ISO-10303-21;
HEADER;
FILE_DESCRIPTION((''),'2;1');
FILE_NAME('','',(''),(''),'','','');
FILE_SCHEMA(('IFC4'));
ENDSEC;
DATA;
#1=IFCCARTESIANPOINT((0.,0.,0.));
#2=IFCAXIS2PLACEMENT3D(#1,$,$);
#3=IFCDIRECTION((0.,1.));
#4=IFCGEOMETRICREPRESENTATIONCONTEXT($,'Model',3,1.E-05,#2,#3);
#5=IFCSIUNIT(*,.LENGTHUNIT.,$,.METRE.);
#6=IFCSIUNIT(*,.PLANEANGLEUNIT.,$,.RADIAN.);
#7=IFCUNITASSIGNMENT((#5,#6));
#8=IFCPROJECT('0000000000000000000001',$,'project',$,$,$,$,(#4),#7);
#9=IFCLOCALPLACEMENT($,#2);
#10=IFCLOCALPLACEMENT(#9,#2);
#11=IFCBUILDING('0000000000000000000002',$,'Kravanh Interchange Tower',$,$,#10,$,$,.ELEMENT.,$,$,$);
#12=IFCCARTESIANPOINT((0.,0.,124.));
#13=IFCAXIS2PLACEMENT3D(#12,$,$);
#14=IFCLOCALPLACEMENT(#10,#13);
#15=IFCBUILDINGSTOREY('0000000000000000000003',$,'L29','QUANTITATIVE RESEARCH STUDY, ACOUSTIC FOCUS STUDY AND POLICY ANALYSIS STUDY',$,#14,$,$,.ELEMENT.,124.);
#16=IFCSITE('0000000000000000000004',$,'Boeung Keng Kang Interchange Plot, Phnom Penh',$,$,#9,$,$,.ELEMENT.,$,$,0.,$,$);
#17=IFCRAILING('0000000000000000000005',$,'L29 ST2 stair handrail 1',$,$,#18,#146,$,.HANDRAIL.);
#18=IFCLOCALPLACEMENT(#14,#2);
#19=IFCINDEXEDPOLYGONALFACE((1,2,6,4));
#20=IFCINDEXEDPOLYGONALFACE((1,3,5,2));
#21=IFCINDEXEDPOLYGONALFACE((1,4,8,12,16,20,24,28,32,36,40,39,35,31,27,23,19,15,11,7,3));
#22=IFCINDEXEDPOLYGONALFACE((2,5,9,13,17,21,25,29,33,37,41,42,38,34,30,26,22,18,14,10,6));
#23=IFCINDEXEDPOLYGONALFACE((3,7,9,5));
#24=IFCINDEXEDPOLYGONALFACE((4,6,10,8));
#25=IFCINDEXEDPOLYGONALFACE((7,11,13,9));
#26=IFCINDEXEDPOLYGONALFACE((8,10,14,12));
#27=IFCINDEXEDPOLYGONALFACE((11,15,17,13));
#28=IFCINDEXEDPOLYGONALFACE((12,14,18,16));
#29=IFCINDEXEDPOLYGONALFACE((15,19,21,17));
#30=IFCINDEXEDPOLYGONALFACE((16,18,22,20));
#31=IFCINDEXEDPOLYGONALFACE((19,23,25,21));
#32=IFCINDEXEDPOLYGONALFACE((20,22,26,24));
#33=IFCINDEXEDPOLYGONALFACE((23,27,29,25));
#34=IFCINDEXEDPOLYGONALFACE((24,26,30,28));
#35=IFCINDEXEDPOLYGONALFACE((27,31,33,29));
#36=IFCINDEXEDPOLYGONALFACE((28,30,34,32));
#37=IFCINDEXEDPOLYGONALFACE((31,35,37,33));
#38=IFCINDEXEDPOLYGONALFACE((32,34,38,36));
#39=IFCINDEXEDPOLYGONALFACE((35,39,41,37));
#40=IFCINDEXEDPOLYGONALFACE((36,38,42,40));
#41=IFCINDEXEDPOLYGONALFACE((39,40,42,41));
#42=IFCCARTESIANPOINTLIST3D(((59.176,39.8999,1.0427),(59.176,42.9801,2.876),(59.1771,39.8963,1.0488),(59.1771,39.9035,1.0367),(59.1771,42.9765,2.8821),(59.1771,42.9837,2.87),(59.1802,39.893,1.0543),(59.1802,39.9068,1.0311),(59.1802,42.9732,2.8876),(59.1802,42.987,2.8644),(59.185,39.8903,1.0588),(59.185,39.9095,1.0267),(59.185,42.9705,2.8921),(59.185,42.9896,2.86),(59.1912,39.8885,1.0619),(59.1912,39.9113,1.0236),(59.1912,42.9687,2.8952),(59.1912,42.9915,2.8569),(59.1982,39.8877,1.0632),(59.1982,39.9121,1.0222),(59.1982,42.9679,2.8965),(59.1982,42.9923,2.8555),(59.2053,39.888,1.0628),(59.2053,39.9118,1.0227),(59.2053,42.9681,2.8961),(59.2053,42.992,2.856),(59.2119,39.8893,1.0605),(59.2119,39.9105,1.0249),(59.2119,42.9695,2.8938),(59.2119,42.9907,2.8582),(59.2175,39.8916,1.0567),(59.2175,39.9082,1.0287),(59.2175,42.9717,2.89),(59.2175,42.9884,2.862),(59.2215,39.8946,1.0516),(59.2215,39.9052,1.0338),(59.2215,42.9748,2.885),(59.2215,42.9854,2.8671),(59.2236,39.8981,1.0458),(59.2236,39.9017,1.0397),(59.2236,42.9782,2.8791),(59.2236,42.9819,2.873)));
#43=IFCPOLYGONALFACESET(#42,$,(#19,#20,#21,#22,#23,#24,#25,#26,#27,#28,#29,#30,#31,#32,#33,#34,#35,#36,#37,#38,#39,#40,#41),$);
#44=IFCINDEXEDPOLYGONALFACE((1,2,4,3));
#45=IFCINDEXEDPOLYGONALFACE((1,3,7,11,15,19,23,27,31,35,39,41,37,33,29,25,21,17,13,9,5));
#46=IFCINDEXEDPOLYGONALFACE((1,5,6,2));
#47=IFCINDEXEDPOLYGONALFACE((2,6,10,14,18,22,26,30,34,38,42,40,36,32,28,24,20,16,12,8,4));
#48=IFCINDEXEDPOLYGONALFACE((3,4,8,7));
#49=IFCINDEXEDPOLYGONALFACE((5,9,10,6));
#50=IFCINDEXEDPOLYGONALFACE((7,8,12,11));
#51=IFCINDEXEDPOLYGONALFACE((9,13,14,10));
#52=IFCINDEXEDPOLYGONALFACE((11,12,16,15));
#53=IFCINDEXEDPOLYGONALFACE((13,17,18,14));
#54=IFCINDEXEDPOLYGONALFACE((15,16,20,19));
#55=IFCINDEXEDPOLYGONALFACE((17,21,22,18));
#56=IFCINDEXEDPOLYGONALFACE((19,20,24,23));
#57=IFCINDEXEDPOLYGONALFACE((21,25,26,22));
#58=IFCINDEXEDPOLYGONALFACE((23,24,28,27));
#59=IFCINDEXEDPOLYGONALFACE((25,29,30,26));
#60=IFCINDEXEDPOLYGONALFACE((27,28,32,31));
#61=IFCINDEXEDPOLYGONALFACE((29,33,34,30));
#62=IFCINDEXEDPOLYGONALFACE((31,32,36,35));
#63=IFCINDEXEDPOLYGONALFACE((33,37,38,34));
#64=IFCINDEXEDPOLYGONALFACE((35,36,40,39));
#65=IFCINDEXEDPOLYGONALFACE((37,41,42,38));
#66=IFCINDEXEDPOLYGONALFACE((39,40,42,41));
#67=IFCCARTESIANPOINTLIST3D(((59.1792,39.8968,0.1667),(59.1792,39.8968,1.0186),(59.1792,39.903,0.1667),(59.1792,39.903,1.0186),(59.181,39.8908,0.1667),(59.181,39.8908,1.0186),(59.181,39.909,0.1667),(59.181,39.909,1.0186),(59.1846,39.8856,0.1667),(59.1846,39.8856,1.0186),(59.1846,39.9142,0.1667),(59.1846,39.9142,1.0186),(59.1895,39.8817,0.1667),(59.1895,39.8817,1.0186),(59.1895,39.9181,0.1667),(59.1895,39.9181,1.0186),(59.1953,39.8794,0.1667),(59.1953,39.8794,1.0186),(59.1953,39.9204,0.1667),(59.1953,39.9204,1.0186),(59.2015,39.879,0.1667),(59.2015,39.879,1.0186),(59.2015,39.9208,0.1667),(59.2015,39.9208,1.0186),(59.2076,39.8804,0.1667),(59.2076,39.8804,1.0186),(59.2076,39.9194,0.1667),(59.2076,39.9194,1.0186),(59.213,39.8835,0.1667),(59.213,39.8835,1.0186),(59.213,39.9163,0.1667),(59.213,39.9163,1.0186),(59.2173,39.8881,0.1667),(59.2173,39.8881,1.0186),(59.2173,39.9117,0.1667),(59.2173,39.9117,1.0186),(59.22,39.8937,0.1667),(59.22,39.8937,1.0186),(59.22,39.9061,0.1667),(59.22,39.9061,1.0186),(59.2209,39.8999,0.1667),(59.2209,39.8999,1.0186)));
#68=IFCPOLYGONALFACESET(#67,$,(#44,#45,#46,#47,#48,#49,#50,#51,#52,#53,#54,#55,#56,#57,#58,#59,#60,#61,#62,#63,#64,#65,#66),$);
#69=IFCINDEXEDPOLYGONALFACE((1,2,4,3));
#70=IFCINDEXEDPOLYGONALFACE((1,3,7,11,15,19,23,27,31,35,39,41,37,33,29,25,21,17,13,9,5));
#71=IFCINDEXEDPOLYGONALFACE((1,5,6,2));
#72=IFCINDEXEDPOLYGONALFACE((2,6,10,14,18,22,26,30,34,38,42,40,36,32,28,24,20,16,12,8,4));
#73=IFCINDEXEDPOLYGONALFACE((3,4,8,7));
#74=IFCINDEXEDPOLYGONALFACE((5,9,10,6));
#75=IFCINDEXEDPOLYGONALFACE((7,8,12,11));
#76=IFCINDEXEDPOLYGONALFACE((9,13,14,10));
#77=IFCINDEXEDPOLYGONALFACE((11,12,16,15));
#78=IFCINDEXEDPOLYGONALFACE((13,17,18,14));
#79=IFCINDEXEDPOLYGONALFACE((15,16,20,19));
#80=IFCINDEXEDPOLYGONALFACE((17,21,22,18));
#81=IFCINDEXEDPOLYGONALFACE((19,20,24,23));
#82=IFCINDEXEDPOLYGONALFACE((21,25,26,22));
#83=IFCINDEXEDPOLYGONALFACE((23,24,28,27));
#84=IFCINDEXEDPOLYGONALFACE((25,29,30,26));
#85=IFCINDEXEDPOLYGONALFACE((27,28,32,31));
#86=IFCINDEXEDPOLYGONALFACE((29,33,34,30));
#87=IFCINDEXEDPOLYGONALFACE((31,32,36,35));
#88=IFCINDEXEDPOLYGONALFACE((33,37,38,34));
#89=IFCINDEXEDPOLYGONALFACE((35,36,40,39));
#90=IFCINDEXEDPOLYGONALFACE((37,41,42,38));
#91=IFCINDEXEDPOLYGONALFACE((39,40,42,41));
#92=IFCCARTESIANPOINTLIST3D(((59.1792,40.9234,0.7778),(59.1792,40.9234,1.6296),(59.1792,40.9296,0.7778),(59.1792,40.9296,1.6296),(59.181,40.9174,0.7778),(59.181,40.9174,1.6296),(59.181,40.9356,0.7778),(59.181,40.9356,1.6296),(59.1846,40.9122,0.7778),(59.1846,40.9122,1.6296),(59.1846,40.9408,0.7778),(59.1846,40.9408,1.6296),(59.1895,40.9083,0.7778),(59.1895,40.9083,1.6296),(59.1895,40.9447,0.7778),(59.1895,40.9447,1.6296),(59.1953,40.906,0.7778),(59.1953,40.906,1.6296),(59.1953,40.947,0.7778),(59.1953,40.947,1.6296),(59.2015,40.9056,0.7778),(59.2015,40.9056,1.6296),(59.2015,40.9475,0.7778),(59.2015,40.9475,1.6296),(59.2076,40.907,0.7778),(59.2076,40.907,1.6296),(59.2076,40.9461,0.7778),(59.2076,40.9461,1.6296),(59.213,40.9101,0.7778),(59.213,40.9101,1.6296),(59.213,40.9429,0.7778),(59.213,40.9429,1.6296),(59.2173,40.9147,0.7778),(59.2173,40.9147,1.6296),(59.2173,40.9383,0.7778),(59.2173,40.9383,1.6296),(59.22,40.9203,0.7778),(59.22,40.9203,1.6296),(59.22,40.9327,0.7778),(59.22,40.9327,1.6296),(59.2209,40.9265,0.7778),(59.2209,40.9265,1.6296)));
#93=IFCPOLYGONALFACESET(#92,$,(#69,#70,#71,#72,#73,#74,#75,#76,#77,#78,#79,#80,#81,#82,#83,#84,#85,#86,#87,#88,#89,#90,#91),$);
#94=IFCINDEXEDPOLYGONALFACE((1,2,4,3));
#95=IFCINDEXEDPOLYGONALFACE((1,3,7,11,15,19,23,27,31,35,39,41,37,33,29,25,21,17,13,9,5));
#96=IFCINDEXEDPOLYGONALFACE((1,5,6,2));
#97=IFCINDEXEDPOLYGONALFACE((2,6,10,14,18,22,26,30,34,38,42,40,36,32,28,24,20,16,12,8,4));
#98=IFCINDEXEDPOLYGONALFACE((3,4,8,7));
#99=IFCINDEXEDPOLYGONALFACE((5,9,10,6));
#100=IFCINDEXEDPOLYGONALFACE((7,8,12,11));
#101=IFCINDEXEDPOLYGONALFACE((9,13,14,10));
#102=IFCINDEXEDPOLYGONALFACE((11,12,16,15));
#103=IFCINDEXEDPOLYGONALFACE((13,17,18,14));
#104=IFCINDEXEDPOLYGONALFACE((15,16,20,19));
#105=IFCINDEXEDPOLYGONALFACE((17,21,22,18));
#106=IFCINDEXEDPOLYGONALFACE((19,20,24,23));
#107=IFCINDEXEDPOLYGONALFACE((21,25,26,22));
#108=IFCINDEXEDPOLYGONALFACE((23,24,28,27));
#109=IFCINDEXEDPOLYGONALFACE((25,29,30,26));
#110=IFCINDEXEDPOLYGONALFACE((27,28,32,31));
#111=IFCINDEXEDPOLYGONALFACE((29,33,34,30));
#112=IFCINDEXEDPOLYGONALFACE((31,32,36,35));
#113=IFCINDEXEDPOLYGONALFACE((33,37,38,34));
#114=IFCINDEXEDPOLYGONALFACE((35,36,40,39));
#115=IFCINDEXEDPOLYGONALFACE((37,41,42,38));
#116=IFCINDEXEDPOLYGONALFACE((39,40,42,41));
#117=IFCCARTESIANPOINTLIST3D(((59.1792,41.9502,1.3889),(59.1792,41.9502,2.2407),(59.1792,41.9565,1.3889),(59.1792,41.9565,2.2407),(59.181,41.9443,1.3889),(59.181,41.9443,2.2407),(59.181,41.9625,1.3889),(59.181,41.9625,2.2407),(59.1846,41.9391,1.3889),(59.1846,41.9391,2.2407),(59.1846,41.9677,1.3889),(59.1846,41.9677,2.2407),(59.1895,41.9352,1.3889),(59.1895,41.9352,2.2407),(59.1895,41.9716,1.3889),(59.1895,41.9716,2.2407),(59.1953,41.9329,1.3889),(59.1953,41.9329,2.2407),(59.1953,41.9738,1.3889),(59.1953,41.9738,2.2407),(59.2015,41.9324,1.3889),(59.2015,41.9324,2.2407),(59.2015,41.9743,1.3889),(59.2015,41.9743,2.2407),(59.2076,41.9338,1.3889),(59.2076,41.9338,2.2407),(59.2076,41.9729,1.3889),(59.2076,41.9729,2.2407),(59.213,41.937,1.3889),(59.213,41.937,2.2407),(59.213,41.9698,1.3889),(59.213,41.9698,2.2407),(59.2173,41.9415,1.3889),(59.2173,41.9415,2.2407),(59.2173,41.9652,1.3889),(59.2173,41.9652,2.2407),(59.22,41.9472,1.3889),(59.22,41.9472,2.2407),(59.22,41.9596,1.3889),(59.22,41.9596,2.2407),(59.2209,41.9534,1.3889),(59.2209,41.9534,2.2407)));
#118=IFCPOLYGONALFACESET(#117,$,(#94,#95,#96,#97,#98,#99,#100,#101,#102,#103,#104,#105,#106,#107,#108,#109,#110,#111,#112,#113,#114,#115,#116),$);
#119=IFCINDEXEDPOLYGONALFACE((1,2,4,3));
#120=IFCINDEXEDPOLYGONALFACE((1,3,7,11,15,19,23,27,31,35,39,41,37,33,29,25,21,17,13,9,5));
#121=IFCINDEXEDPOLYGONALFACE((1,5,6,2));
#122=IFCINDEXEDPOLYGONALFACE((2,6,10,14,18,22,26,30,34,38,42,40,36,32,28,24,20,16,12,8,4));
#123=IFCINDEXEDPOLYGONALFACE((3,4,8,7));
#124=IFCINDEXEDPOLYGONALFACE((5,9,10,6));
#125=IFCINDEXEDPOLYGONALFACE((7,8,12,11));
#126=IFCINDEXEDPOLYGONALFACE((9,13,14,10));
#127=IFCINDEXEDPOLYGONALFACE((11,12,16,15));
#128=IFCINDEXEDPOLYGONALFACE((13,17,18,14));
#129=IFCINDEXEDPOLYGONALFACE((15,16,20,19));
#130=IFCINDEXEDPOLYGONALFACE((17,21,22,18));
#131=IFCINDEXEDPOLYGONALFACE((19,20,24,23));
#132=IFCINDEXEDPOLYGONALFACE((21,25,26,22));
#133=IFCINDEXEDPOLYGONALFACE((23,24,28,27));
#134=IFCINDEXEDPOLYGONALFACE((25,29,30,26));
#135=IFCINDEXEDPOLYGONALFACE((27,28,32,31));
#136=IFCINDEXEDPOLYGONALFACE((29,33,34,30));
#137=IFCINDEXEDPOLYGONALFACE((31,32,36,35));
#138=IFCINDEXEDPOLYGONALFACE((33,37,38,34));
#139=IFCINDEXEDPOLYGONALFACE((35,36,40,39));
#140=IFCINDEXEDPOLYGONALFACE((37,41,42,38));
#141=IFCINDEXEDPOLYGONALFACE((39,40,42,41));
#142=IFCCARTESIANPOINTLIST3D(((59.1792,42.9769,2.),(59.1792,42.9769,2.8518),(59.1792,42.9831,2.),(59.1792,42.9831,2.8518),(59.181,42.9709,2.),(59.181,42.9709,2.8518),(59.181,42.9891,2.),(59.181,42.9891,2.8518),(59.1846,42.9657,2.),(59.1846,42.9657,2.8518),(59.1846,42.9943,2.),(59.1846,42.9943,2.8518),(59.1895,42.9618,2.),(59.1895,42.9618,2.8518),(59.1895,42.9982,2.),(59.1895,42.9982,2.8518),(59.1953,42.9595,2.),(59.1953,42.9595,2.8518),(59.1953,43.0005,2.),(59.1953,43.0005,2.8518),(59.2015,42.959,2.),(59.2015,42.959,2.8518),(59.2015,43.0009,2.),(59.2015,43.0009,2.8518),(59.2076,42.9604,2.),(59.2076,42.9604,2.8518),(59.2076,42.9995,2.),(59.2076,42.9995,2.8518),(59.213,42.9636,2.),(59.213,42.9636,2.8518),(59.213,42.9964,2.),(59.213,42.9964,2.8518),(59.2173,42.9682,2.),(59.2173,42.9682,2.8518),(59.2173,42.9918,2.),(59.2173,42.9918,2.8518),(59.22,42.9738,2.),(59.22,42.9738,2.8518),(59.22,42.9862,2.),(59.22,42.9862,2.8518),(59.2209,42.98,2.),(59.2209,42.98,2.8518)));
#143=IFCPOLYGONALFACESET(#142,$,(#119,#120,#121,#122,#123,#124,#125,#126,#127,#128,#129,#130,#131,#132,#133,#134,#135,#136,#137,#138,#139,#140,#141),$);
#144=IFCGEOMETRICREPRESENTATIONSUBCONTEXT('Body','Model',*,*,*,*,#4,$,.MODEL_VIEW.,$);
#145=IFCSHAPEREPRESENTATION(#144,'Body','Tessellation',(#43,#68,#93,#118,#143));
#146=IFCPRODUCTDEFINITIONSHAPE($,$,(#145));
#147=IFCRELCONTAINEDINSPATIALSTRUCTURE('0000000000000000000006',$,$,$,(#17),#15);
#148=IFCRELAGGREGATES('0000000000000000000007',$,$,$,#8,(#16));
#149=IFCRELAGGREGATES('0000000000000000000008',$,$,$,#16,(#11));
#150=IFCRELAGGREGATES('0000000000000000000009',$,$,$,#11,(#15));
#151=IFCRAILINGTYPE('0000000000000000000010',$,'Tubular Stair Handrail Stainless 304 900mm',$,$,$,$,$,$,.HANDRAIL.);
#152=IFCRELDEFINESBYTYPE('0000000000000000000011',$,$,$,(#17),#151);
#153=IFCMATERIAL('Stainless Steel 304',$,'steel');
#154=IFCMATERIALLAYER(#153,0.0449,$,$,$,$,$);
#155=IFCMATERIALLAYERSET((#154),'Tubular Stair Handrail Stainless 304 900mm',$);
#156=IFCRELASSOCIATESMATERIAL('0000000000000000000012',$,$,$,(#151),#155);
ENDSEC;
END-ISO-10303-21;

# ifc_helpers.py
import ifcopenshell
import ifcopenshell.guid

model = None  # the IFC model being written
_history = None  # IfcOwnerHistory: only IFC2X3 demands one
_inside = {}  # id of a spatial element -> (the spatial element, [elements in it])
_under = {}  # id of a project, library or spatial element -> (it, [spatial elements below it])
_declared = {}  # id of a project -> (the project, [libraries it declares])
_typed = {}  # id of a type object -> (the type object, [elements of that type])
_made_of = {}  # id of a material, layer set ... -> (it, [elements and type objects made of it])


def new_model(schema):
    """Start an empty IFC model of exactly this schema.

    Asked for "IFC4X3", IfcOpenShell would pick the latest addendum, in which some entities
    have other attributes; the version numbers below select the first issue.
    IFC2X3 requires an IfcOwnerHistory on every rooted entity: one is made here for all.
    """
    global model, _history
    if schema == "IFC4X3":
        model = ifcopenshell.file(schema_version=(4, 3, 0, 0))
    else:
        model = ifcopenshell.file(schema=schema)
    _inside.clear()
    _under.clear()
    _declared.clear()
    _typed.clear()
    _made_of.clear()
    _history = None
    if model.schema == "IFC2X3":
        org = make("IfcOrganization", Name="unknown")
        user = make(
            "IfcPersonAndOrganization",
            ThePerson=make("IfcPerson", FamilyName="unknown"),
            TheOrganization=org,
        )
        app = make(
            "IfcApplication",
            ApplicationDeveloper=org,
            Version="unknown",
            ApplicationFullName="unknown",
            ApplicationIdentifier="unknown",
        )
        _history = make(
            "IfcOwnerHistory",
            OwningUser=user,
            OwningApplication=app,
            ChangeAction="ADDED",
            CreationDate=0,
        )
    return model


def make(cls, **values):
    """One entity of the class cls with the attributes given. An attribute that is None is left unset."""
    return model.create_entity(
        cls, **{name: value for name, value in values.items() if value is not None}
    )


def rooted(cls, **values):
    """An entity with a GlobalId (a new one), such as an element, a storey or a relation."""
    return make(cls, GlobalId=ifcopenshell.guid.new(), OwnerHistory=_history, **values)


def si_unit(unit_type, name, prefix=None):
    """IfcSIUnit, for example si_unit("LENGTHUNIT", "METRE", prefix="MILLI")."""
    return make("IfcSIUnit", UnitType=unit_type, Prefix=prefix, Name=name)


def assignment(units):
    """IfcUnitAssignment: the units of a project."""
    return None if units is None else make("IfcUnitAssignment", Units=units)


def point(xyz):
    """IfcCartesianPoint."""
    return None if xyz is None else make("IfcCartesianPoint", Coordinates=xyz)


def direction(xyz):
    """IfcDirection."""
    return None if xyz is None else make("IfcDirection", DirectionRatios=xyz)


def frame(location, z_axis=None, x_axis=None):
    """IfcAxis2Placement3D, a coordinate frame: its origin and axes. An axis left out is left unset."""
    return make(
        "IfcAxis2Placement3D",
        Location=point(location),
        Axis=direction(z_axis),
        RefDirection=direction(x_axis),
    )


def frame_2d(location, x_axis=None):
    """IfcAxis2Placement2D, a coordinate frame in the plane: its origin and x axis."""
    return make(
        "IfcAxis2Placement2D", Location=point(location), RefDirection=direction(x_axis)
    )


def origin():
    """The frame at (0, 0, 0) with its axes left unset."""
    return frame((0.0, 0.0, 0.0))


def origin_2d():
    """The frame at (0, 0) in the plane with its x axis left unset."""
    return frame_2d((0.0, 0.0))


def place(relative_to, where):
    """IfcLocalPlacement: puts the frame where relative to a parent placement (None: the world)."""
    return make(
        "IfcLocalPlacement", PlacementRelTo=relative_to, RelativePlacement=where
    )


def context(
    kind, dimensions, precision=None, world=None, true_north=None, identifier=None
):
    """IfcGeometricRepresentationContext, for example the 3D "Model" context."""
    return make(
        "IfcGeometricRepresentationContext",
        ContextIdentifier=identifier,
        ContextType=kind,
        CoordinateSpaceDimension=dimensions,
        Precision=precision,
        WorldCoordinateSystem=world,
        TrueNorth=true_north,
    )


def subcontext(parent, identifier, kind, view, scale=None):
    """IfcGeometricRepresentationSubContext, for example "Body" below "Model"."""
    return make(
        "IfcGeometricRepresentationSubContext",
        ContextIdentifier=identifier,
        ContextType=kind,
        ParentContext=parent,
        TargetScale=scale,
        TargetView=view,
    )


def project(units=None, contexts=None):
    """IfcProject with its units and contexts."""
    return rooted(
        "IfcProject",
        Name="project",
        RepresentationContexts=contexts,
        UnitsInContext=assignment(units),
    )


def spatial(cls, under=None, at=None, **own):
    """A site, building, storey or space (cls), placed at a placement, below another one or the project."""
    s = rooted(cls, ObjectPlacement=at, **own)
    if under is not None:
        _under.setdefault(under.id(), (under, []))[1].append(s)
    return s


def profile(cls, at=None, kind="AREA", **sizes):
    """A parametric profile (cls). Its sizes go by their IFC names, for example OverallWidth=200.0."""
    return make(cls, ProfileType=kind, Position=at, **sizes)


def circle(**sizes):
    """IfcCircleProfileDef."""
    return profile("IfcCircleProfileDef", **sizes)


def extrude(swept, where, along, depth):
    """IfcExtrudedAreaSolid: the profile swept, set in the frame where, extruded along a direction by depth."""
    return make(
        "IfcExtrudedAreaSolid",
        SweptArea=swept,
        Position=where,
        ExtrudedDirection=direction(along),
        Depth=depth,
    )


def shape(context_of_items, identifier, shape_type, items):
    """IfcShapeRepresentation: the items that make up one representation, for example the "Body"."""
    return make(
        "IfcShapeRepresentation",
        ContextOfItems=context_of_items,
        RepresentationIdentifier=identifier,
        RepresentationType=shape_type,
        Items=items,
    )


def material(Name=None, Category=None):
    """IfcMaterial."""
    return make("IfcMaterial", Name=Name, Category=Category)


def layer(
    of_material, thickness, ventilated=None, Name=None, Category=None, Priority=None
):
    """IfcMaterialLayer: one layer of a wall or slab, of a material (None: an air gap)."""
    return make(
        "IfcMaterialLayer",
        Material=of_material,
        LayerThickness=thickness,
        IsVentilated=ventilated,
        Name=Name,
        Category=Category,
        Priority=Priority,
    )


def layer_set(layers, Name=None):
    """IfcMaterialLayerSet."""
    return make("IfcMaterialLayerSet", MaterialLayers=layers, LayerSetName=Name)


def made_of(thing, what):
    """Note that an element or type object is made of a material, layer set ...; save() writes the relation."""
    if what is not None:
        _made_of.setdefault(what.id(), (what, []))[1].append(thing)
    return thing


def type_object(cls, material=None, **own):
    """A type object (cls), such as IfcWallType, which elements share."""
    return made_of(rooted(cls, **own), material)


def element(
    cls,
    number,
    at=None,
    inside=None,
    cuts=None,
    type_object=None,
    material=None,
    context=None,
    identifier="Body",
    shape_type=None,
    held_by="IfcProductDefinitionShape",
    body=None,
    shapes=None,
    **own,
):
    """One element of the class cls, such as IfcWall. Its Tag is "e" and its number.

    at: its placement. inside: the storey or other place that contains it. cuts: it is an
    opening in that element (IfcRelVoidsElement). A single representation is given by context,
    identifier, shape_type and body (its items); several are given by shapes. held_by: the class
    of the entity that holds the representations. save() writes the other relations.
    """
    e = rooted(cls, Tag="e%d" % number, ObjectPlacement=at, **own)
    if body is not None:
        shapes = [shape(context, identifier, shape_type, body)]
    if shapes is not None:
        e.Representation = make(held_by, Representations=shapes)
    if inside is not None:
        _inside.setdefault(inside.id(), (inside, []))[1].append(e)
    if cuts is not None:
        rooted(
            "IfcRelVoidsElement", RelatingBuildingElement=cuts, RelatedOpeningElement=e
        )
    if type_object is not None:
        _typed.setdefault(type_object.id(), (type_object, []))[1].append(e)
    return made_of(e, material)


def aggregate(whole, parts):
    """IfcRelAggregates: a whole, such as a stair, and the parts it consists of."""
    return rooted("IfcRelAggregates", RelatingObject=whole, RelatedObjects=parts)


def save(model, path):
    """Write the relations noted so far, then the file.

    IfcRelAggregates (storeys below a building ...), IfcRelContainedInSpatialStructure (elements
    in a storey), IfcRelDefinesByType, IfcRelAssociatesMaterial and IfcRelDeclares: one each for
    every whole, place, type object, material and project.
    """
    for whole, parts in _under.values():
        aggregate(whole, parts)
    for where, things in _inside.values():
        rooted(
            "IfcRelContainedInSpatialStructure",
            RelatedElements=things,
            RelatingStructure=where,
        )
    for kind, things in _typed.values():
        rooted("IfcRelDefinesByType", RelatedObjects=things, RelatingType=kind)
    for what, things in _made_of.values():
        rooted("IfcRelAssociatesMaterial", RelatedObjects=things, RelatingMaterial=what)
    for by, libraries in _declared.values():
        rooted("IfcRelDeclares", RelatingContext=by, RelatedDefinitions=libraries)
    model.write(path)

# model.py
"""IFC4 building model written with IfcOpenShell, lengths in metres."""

from ifc_helpers import new_model, si_unit, direction, frame, origin, origin_2d, place, context, subcontext, project, spatial, circle, extrude, material, layer, layer_set, type_object, element, save


model = new_model("IFC4")

# Units and contexts
model_context = context("Model", 3, precision=1e-05, world=origin(), true_north=direction((0.0, 1.0)))
body_context = subcontext(model_context, "Body", "Model", "MODEL_VIEW")
ifc_project = project(units=[si_unit("LENGTHUNIT", "METRE"), si_unit("PLANEANGLEUNIT", "RADIAN")], contexts=[model_context])

# Site, building, storey
site_placement = place(None, origin())
site = spatial("IfcSite", under=ifc_project, at=site_placement, Name="Boeung Keng Kang Interchange Plot, Phnom Penh", CompositionType="ELEMENT", RefElevation=0.0)
building_placement = place(site_placement, origin())
building = spatial("IfcBuilding", under=site, at=building_placement, Name="Kravanh Interchange Tower", CompositionType="ELEMENT")
storey_placement = place(building_placement, frame((0.0, 0.0, 124.0)))
storey = spatial("IfcBuildingStorey", under=building, at=storey_placement, Name="L29", Description="QUANTITATIVE RESEARCH STUDY, ACOUSTIC FOCUS STUDY AND POLICY ANALYSIS STUDY", CompositionType="ELEMENT", Elevation=124.0)

# Railing
ifc_material_1 = material(Name="Stainless Steel 304", Category="steel")
ifc_layer_1 = layer(ifc_material_1, 0.0449)
ifc_layer_set_1 = layer_set([ifc_layer_1], Name="Tubular Stair Handrail Stainless 304 900mm")
railing_type_1 = type_object("IfcRailingType", Name="Tubular Stair Handrail Stainless 304 900mm", PredefinedType="HANDRAIL", material=ifc_layer_set_1)
railing_1_placement = place(storey_placement, frame((59.2, 39.8999, 0.1667)))
element("IfcRailing", 1, at=railing_1_placement, inside=storey, type_object=railing_type_1, Name="L29 ST2 stair handrail 1", PredefinedType="HANDRAIL", context=body_context, shape_type="SweptSolid", body=[
    extrude(circle(Radius=0.0239, at=origin_2d()), frame((0.0, 0.0, 0.876), z_axis=(0.0, 0.859309, 0.511458), x_axis=(-1.0, 0.0, 0.0)), (0.0, 0.0, 1.0), 3.5845),
    extrude(circle(Radius=0.021, at=origin_2d()), origin(), (0.0, 0.0, 1.0), 0.8518),
    extrude(circle(Radius=0.021, at=origin_2d()), frame((0.0, 1.0266, 0.6111)), (0.0, 0.0, 1.0), 0.8518),
    extrude(circle(Radius=0.021, at=origin_2d()), frame((0.0, 2.0535, 1.2222)), (0.0, 0.0, 1.0), 0.8518),
    extrude(circle(Radius=0.021, at=origin_2d()), frame((0.0, 3.0801, 1.8333)), (0.0, 0.0, 1.0), 0.8518),
])

save(model, "model.ifc")
